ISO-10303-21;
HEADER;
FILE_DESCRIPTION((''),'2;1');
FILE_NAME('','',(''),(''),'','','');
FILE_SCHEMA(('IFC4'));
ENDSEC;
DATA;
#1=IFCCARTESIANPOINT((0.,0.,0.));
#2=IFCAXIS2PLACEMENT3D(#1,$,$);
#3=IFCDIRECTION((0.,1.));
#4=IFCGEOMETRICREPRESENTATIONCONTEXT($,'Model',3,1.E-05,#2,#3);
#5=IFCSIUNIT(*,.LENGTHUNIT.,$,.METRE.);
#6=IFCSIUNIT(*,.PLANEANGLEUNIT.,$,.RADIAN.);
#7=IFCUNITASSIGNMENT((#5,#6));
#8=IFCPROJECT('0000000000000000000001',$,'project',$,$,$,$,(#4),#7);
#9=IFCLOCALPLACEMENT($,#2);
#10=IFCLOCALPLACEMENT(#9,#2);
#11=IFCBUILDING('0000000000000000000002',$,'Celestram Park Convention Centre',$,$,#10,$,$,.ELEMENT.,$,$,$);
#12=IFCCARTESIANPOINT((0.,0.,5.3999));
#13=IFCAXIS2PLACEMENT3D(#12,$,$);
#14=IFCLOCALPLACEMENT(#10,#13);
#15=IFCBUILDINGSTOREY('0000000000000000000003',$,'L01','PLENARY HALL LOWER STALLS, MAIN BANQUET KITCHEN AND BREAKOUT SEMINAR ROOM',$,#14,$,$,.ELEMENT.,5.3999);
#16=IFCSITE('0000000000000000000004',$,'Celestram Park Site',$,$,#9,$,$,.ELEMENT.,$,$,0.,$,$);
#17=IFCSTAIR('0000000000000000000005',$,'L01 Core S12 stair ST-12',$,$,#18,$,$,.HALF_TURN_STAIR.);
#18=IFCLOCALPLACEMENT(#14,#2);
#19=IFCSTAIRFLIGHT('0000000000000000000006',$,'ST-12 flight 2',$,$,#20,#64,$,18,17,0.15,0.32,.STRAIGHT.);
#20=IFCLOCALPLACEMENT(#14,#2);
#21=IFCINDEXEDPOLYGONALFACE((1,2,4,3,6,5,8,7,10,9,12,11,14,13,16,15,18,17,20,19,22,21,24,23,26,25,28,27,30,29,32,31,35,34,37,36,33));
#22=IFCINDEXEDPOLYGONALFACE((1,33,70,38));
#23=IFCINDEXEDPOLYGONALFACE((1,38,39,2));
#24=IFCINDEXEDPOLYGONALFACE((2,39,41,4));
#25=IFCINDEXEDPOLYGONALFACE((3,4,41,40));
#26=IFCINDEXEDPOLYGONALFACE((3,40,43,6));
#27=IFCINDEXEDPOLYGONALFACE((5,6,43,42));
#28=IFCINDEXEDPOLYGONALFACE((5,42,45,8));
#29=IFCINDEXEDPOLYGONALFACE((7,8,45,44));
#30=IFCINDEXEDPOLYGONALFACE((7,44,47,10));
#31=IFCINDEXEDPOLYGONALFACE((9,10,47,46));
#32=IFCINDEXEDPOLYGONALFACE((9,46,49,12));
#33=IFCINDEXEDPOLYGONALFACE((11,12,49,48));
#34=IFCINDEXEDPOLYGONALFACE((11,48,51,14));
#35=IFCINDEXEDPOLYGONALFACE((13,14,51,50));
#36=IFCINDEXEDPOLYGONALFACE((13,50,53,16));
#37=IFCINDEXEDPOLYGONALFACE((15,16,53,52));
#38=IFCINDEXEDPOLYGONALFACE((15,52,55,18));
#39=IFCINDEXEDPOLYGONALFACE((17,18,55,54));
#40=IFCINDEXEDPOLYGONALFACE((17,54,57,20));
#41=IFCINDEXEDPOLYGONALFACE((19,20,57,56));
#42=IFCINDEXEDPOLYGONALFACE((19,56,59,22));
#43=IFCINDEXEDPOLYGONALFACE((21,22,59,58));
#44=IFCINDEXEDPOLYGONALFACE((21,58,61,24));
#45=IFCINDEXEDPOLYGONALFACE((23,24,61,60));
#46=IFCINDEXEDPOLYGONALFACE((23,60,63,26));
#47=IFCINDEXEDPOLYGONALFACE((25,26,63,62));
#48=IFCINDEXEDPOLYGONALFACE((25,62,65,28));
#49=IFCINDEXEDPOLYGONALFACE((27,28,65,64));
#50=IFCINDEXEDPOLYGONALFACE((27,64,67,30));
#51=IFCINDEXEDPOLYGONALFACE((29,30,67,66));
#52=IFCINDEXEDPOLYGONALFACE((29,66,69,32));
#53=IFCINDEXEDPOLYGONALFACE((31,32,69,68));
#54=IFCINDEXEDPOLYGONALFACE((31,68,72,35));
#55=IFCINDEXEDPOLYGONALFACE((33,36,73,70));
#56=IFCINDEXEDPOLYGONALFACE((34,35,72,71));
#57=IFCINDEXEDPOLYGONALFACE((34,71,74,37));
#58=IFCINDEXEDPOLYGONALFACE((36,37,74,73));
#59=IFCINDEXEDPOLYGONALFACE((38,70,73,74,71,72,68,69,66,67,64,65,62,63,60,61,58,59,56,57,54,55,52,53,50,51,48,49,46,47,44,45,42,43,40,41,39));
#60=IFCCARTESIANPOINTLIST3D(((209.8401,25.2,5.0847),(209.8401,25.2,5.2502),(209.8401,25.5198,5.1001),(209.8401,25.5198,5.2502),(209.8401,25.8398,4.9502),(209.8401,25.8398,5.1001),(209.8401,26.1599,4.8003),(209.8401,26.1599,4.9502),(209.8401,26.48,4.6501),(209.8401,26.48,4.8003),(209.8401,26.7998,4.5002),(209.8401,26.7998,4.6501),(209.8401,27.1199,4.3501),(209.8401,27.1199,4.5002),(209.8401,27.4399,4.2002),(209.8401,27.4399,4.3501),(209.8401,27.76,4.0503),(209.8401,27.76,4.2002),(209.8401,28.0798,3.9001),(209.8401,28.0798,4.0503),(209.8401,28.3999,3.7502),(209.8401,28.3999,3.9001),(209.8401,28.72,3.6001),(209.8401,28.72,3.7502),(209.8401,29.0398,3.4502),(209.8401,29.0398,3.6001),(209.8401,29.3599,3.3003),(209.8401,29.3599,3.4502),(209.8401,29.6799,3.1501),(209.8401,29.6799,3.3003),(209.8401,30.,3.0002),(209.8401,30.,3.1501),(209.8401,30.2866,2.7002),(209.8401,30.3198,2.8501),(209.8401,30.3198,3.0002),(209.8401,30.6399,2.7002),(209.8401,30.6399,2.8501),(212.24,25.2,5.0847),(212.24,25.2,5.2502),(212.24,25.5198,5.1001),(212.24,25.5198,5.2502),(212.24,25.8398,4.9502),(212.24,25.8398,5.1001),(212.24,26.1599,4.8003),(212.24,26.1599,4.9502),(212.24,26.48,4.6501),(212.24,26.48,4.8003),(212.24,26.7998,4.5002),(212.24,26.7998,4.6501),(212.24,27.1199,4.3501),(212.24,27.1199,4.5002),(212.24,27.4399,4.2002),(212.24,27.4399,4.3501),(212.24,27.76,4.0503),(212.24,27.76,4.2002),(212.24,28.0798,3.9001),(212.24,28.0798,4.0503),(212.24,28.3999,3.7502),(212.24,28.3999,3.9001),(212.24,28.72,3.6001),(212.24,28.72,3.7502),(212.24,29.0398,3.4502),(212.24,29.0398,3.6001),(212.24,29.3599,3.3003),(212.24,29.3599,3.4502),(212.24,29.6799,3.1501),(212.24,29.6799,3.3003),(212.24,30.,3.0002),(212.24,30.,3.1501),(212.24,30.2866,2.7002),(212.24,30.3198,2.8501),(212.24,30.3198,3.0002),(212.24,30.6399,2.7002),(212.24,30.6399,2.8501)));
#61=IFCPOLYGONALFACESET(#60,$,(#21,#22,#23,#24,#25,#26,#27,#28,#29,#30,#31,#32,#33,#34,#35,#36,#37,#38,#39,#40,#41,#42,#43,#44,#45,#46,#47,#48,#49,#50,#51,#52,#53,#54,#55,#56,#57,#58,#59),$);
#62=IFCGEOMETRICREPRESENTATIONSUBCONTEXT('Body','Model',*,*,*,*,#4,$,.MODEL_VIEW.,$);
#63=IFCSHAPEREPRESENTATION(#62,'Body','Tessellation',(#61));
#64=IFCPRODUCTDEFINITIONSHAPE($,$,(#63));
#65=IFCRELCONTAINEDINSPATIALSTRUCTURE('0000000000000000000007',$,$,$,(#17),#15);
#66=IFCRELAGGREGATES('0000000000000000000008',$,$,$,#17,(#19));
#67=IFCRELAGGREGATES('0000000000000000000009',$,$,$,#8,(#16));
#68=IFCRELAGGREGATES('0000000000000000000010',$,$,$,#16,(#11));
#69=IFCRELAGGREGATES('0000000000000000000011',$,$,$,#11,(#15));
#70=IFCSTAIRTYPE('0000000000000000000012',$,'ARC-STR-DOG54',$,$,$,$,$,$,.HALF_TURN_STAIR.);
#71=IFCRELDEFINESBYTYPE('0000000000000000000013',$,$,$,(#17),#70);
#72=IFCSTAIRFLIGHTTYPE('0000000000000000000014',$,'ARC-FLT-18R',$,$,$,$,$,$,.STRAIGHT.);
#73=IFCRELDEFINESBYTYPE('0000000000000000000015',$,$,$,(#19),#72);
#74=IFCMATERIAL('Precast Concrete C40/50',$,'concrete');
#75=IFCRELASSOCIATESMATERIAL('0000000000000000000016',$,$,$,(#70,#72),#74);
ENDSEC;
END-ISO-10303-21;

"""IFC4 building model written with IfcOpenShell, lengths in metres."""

from ifc_helpers import new_model, si_unit, direction, frame, origin, place, context, subcontext, project, spatial, polyline, outline, extrude, material, type_object, element, aggregate, save


model = new_model("IFC4")

# Units and contexts
model_context = context("Model", 3, precision=1e-05, world=origin(), true_north=direction((0.0, 1.0)))
body_context = subcontext(model_context, "Body", "Model", "MODEL_VIEW")
ifc_project = project(units=[si_unit("LENGTHUNIT", "METRE"), si_unit("PLANEANGLEUNIT", "RADIAN")], contexts=[model_context])

# Site, building, storey
site_placement = place(None, origin())
site = spatial("IfcSite", under=ifc_project, at=site_placement, Name="Celestram Park Site", CompositionType="ELEMENT", RefElevation=0.0)
building_placement = place(site_placement, origin())
building = spatial("IfcBuilding", under=site, at=building_placement, Name="Celestram Park Convention Centre", CompositionType="ELEMENT")
storey_placement = place(building_placement, frame((0.0, 0.0, 5.3999)))
storey = spatial("IfcBuildingStorey", under=building, at=storey_placement, Name="L01", Description="PLENARY HALL LOWER STALLS, MAIN BANQUET KITCHEN AND BREAKOUT SEMINAR ROOM", CompositionType="ELEMENT", Elevation=5.3999)

# Shared definitions
ifc_material_1 = material(Name="Precast Concrete C40/50", Category="concrete")

# Stair, stair flight
stair_type = type_object("IfcStairType", Name="ARC-STR-DOG54", PredefinedType="HALF_TURN_STAIR", material=ifc_material_1)
stair_placement = place(storey_placement, origin())
stair = element("IfcStair", 1, at=stair_placement, inside=storey, type_object=stair_type, Name="L01 Core S12 stair ST-12", PredefinedType="HALF_TURN_STAIR")
stair_flight_type = type_object("IfcStairFlightType", Name="ARC-FLT-18R", PredefinedType="STRAIGHT", material=ifc_material_1)
stair_flight_placement = place(storey_placement, frame((211.04, 30.6399, 2.7002), z_axis=(0.0, 0.0, 1.0), x_axis=(0.0, -1.0, 0.0)))
stair_flight = element("IfcStairFlight", 2, at=stair_flight_placement, type_object=stair_flight_type, Name="ST-12 flight 2", NumberOfRisers=18, NumberOfTreads=17, PredefinedType="STRAIGHT", RiserHeight=0.15, TreadLength=0.32, context=body_context, shape_type="SweptSolid", body=[
    extrude(outline(polyline([(0.0, 0.0), (0.0, 0.1499), (0.3201, 0.1499), (0.3201, 0.3), (0.6399, 0.3), (0.6399, 0.45), (0.96, 0.45), (0.96, 0.6001), (1.28, 0.6001), (1.28, 0.75), (1.6001, 0.75), (1.6001, 0.8999), (1.9199, 0.8999), (1.9199, 1.05), (2.24, 1.05), (2.24, 1.2), (2.5601, 1.2), (2.5601, 1.3501), (2.8799, 1.3501), (2.8799, 1.5), (3.2, 1.5), (3.2, 1.6499), (3.52, 1.6499), (3.52, 1.8), (3.8401, 1.8), (3.8401, 1.95), (4.1599, 1.95), (4.1599, 2.1001), (4.48, 2.1001), (4.48, 2.25), (4.8, 2.25), (4.8, 2.3999), (5.1201, 2.3999), (5.1201, 2.55), (5.4399, 2.55), (5.4399, 2.7), (5.4399, 2.3845), (0.3533, 0.0), (0.0, 0.0)])), frame((0.0, 1.2, 0.0), z_axis=(0.0, -1.0, 0.0), x_axis=(1.0, 0.0, 0.0)), (0.0, 0.0, 1.0), 2.3999),
])
aggregate(stair, [stair_flight])

save(model, "model.ifc")
